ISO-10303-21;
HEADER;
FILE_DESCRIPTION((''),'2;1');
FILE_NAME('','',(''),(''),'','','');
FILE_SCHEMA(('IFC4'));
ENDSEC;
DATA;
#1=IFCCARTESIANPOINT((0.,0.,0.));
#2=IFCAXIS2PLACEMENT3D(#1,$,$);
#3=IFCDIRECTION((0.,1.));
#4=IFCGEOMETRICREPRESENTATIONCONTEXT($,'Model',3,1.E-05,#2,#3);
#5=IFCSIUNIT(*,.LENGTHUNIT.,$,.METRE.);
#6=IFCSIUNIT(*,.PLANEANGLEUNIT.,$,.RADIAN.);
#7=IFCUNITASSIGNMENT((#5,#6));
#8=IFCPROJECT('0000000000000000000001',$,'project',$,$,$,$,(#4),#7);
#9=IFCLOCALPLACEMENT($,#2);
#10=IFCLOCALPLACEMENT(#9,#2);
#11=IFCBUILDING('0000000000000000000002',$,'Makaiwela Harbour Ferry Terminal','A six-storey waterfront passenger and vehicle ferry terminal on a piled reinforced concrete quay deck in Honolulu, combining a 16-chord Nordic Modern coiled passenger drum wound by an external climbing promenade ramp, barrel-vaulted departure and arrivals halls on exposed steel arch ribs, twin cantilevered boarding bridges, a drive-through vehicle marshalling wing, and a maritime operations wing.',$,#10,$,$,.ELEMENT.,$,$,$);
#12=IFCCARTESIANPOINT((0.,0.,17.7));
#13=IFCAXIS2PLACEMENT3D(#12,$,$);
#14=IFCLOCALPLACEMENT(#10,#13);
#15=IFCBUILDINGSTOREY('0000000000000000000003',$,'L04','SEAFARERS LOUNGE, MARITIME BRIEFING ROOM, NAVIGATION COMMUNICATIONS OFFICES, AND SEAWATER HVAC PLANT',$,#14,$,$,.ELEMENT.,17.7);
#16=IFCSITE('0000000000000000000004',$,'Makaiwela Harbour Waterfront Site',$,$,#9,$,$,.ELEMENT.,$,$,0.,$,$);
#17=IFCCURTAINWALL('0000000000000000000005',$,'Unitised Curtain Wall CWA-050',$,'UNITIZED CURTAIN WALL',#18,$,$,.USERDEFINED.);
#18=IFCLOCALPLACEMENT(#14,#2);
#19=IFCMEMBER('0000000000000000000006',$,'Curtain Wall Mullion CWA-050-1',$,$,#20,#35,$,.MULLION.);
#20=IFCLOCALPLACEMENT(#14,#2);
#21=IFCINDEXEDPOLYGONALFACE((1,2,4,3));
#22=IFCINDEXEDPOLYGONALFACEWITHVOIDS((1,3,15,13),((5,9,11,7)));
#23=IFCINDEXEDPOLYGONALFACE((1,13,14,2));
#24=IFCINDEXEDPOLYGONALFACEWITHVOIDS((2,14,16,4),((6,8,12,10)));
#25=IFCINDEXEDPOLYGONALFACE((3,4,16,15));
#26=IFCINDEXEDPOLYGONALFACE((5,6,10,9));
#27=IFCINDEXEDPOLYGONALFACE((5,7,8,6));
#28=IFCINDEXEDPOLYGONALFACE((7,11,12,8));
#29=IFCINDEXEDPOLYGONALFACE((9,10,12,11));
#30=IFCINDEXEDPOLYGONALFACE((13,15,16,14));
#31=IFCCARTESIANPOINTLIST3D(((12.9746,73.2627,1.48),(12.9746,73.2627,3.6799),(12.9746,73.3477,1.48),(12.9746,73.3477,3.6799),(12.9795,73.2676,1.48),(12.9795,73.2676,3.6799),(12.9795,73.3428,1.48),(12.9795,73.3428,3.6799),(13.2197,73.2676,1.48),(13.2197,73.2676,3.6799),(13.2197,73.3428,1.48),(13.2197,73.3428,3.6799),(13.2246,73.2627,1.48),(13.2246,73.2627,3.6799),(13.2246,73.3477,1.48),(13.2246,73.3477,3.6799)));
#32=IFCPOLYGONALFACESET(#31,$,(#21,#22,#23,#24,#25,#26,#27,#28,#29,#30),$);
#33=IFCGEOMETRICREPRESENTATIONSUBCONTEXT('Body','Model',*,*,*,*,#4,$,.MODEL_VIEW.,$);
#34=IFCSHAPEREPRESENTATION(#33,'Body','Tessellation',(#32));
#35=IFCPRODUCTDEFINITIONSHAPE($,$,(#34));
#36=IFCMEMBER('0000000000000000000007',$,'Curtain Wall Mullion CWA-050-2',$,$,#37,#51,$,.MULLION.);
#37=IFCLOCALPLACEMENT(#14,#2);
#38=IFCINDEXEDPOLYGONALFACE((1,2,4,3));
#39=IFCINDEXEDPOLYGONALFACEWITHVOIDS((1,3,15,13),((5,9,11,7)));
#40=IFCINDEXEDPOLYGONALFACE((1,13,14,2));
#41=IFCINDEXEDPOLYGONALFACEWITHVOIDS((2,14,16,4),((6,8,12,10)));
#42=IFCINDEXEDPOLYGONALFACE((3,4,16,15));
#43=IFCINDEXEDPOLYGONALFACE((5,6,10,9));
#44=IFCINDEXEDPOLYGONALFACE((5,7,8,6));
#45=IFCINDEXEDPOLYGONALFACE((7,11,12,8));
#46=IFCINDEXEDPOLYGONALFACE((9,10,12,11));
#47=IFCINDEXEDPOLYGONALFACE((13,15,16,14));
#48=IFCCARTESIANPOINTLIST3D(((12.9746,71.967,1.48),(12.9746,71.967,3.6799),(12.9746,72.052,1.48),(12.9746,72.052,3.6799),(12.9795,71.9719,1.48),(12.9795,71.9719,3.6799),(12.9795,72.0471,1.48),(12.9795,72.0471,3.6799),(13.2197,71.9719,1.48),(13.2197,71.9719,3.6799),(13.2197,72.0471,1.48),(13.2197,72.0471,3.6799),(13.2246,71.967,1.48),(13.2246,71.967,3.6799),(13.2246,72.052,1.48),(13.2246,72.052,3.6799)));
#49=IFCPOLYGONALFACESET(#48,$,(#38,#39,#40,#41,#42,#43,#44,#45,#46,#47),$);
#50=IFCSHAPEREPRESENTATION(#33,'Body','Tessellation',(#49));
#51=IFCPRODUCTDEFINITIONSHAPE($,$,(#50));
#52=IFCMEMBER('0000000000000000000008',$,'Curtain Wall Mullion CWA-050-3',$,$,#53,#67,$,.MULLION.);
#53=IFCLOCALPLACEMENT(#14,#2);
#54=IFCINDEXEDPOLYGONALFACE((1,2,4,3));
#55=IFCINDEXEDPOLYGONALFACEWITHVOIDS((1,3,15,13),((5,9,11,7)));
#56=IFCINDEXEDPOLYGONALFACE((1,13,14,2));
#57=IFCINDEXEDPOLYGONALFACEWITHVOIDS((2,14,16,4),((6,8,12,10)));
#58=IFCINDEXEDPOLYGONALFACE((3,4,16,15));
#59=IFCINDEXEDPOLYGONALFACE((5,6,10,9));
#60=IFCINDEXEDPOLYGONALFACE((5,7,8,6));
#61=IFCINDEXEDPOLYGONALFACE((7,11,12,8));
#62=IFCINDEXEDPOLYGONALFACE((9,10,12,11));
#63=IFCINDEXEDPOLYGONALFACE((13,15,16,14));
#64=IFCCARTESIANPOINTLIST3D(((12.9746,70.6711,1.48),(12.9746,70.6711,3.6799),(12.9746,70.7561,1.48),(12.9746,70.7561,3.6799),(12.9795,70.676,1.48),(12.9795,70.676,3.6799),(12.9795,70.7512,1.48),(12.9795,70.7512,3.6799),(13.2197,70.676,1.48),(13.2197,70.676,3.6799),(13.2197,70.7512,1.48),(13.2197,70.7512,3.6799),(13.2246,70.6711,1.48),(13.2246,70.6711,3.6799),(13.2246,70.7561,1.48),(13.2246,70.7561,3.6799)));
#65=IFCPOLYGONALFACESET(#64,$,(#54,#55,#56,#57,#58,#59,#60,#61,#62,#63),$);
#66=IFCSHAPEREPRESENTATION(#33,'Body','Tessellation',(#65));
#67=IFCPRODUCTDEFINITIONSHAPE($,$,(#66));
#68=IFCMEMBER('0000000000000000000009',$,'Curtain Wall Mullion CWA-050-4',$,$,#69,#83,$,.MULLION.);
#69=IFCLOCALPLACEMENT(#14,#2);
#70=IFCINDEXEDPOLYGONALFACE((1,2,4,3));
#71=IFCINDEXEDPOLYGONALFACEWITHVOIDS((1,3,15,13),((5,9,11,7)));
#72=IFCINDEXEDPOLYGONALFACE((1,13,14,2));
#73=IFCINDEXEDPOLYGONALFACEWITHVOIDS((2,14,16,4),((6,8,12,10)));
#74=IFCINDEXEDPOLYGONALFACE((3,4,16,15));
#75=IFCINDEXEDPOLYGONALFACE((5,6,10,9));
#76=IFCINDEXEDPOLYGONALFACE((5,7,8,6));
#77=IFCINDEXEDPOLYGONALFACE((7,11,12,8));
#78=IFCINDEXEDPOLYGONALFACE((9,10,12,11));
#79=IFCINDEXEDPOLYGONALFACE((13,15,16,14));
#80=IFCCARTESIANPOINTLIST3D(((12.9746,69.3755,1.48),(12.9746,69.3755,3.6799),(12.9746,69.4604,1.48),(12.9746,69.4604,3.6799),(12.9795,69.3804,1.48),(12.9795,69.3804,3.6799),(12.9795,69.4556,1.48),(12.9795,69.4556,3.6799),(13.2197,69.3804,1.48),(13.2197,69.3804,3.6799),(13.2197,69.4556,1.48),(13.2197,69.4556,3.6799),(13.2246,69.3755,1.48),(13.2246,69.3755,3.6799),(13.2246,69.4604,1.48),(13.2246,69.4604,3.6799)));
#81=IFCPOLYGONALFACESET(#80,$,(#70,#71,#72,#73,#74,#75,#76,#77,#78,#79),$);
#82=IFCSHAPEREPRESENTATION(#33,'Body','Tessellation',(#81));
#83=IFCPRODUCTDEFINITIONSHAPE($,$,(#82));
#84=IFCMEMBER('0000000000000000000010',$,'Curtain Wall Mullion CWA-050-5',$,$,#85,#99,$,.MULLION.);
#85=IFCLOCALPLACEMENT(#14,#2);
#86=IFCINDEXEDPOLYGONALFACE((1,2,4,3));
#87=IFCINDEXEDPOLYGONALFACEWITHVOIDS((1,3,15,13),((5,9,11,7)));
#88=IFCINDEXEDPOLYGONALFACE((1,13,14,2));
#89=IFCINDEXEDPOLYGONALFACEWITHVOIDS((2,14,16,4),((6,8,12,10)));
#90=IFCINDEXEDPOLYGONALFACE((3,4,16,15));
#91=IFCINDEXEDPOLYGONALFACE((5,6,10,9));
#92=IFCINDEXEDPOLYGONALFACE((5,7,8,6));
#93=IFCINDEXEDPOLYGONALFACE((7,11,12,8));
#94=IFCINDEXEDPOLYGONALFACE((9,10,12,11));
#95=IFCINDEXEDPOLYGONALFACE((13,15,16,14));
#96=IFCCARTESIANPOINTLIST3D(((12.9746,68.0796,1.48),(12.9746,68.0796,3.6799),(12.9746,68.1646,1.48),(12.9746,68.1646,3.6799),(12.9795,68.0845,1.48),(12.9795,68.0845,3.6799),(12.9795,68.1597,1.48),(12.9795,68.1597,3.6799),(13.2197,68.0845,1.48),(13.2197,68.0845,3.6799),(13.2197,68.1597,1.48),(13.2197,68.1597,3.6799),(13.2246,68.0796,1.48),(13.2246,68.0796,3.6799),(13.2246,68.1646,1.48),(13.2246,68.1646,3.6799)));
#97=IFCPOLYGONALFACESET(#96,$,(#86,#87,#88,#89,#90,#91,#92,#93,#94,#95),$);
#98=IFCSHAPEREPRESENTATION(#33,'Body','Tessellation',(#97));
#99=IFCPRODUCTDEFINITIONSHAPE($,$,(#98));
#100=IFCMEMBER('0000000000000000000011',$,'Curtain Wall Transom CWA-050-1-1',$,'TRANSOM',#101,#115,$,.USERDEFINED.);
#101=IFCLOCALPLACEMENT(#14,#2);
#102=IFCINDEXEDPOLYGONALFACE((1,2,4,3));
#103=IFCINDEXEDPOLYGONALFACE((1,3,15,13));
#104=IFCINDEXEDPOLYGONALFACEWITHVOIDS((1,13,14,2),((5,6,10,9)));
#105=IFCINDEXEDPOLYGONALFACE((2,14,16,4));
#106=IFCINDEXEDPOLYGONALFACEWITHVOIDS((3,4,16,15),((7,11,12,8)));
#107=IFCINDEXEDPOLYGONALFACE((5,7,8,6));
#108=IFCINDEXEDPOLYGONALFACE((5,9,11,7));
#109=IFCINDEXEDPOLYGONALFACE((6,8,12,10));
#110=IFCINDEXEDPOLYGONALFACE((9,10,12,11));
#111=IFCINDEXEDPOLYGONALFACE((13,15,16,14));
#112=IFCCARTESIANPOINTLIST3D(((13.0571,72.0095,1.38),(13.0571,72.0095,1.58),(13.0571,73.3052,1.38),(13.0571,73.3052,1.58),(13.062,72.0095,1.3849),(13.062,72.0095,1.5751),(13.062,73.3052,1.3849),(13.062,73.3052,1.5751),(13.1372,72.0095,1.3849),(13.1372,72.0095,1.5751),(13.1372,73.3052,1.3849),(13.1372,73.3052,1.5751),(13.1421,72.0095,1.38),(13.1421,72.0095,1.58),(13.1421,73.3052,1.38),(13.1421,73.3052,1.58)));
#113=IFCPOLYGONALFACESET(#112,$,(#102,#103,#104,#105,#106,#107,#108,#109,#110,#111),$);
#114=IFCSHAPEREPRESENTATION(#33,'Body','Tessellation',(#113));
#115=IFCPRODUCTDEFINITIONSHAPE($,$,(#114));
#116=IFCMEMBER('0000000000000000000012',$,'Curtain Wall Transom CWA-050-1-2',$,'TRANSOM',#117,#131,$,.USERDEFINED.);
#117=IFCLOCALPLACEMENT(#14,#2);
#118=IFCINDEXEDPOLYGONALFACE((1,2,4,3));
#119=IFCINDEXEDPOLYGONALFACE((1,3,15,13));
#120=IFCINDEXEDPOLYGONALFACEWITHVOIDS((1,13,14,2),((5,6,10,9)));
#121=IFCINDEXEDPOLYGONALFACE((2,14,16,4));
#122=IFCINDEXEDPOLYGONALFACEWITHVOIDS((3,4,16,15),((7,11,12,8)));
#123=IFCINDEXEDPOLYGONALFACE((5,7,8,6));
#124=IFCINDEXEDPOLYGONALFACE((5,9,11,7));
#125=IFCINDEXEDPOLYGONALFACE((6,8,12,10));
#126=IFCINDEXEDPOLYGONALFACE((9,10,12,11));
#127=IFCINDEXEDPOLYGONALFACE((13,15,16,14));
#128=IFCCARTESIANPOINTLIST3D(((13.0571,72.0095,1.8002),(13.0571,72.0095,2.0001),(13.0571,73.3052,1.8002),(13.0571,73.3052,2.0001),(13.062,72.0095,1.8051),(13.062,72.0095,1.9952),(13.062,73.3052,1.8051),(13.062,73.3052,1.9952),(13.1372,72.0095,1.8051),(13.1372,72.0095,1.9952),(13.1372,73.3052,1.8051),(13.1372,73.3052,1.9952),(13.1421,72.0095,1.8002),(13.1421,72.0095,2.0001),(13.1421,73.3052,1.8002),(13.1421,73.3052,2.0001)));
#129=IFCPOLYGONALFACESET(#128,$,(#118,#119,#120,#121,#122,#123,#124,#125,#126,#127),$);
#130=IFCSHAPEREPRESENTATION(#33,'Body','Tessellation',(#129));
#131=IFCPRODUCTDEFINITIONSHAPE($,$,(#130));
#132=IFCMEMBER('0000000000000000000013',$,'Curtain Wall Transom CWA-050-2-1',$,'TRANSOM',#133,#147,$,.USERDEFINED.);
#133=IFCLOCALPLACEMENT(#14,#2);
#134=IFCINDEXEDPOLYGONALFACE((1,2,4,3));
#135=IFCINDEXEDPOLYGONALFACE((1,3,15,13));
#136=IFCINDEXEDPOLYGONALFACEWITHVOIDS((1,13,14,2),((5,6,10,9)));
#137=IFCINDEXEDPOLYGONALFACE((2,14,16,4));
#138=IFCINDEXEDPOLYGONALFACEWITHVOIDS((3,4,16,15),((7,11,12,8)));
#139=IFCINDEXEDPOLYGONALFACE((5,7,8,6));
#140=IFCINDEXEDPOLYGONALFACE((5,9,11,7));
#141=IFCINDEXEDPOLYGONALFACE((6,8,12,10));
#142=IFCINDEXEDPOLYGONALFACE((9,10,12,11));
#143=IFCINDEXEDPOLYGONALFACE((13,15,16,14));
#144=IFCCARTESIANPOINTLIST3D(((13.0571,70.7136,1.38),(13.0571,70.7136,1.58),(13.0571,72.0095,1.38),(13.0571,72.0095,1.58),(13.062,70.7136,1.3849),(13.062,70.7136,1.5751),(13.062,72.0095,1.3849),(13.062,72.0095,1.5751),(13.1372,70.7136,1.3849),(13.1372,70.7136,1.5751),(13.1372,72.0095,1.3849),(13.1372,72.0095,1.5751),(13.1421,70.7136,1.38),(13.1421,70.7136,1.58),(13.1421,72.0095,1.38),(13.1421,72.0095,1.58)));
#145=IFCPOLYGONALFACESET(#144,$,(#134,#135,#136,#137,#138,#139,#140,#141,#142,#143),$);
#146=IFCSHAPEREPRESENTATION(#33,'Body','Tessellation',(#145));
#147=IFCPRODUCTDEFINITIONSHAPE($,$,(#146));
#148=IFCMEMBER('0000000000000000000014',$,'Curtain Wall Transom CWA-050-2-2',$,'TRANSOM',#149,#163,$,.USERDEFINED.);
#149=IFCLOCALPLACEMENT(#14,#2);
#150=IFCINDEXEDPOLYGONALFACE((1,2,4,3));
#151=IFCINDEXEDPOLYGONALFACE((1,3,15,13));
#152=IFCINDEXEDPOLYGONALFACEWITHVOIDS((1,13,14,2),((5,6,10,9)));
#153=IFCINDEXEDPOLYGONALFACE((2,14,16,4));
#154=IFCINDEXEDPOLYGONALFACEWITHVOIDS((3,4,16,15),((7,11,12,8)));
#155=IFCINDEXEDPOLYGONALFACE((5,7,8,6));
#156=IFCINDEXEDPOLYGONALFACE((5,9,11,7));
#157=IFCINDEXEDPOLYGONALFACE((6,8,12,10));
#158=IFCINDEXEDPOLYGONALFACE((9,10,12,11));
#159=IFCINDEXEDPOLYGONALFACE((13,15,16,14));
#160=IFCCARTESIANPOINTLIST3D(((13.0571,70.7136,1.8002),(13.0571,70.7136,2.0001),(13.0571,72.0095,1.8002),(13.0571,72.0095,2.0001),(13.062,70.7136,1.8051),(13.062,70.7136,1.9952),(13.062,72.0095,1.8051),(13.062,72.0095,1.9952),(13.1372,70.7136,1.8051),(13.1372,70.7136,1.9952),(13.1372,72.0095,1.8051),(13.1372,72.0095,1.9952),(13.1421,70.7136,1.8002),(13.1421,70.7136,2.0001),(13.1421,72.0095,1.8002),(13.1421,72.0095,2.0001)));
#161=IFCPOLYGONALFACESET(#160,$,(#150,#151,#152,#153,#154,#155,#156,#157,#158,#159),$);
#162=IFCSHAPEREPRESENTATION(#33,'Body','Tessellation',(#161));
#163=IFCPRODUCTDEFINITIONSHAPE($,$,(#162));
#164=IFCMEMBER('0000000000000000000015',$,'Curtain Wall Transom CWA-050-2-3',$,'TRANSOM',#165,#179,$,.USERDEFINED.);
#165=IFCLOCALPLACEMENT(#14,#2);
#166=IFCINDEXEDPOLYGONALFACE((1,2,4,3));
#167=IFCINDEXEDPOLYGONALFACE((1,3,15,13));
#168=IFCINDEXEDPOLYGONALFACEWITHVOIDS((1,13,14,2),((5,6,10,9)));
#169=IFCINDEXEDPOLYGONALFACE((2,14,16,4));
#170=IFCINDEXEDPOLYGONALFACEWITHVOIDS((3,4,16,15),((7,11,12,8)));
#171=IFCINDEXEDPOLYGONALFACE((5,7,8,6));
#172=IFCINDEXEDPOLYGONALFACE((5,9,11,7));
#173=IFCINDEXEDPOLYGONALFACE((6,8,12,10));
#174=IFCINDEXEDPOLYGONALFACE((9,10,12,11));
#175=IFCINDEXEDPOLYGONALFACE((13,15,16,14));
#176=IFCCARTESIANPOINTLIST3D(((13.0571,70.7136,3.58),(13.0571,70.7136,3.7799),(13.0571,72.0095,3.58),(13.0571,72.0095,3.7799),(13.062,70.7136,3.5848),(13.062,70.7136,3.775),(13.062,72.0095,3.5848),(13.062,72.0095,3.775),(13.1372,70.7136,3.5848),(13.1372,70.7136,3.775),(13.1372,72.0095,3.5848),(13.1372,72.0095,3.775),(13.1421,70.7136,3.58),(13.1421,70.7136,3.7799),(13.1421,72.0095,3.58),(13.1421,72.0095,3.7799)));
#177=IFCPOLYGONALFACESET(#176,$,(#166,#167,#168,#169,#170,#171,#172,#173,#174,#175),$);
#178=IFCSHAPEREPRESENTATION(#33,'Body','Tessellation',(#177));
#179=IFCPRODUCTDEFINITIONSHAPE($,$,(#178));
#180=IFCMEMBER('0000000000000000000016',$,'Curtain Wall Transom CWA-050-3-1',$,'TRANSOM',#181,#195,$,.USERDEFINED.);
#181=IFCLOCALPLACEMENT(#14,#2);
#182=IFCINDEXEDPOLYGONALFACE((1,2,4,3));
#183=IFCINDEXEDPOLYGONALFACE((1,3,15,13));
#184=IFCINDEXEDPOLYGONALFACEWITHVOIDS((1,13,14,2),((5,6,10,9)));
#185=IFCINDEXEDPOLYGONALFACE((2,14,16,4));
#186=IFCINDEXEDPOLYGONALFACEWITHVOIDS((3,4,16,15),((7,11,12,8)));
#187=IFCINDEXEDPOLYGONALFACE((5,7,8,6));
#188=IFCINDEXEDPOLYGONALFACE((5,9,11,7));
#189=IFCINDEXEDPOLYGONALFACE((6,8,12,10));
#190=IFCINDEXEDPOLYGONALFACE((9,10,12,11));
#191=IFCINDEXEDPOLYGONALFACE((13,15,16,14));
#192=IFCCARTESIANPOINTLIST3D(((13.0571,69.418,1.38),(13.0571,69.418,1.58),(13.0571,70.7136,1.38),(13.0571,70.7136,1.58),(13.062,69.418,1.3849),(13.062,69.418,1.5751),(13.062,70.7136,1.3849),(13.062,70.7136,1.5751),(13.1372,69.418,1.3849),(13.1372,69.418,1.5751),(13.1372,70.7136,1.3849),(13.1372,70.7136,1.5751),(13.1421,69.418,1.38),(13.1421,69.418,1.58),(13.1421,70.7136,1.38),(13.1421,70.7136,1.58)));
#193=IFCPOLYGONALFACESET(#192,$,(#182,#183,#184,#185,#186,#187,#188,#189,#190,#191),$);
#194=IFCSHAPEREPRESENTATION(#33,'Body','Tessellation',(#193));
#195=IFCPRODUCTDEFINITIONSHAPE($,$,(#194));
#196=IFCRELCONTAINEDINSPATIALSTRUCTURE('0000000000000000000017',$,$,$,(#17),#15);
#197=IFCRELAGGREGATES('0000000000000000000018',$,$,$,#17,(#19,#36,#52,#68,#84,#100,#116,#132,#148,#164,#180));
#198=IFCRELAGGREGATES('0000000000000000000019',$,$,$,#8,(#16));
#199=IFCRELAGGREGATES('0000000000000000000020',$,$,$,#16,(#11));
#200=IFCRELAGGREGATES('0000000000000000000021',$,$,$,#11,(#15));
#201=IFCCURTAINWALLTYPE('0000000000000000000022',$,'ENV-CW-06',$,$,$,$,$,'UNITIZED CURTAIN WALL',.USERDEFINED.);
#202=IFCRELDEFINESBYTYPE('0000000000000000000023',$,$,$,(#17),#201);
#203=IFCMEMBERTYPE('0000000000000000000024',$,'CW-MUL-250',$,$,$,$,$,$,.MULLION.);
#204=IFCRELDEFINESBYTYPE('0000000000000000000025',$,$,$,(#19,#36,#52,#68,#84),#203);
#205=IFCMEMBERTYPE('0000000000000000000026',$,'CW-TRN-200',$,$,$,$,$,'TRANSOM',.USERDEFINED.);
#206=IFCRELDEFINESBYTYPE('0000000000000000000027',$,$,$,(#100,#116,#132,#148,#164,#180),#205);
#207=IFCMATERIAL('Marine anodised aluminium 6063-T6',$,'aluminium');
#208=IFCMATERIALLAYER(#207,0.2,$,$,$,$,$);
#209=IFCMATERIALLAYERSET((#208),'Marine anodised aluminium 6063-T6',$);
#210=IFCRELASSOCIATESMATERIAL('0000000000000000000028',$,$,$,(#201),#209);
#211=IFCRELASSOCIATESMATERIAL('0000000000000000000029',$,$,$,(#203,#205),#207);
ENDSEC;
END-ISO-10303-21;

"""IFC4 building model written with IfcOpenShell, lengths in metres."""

from ifc_helpers import new_model, si_unit, direction, frame, origin, origin_2d, place, context, subcontext, project, spatial, hollow_rectangle, extrude, material, layer, layer_set, material_profile, profile_set, type_object, element, aggregate, save


model = new_model("IFC4")

# Units and contexts
model_context = context("Model", 3, precision=1e-05, world=origin(), true_north=direction((0.0, 1.0)))
body_context = subcontext(model_context, "Body", "Model", "MODEL_VIEW")
ifc_project = project(units=[si_unit("LENGTHUNIT", "METRE"), si_unit("PLANEANGLEUNIT", "RADIAN")], contexts=[model_context])

# Site, building, storey
site_placement = place(None, origin())
site = spatial("IfcSite", under=ifc_project, at=site_placement, Name="Makaiwela Harbour Waterfront Site", CompositionType="ELEMENT", RefElevation=0.0)
building_placement = place(site_placement, origin())
building = spatial("IfcBuilding", under=site, at=building_placement, Name="Makaiwela Harbour Ferry Terminal", Description="A six-storey waterfront passenger and vehicle ferry terminal on a piled reinforced concrete quay deck in Honolulu, combining a 16-chord Nordic Modern coiled passenger drum wound by an external climbing promenade ramp, barrel-vaulted departure and arrivals halls on exposed steel arch ribs, twin cantilevered boarding bridges, a drive-through vehicle marshalling wing, and a maritime operations wing.", CompositionType="ELEMENT")
storey_placement = place(building_placement, frame((0.0, 0.0, 17.7)))
storey = spatial("IfcBuildingStorey", under=building, at=storey_placement, Name="L04", Description="SEAFARERS LOUNGE, MARITIME BRIEFING ROOM, NAVIGATION COMMUNICATIONS OFFICES, AND SEAWATER HVAC PLANT", CompositionType="ELEMENT", Elevation=17.7)

# Curtain wall, members
ifc_material_1 = material(Name="Marine anodised aluminium 6063-T6", Category="aluminium")
ifc_layer_1 = layer(ifc_material_1, 0.2)
ifc_layer_set_1 = layer_set([ifc_layer_1], Name="Marine anodised aluminium 6063-T6")
curtain_wall_type = type_object("IfcCurtainWallType", Name="ENV-CW-06", ElementType="UNITIZED CURTAIN WALL", PredefinedType="USERDEFINED", material=ifc_layer_set_1)
curtain_wall_placement = place(storey_placement, origin())
curtain_wall = element("IfcCurtainWall", 1, at=curtain_wall_placement, inside=storey, type_object=curtain_wall_type, Name="Unitised Curtain Wall CWA-050", ObjectType="UNITIZED CURTAIN WALL", PredefinedType="USERDEFINED")
ifc_material_profile_1 = material_profile(ifc_material_1, hollow_rectangle(XDim=0.085, YDim=0.25, WallThickness=0.0049, at=origin_2d()), Name="CWM-250X85")
ifc_profile_set_1 = profile_set([ifc_material_profile_1], Name="Marine anodised aluminium 6063-T6")
member_type_1 = type_object("IfcMemberType", Name="CW-MUL-250", PredefinedType="MULLION", material=ifc_profile_set_1)
member_1_placement = place(storey_placement, frame((13.0996, 73.3052, 1.48), z_axis=(0.0, 0.0, 1.0), x_axis=(0.0, 1.0, 0.0)))
member_1 = element("IfcMember", 2, at=member_1_placement, type_object=member_type_1, Name="Curtain Wall Mullion CWA-050-1", PredefinedType="MULLION", context=body_context, shape_type="SweptSolid", body=[
    extrude(hollow_rectangle(XDim=0.085, YDim=0.25, WallThickness=0.0049, at=origin_2d()), origin(), (0.0, 0.0, 1.0), 2.2),
])
member_2_placement = place(storey_placement, frame((13.0996, 72.0095, 1.48), z_axis=(0.0, 0.0, 1.0), x_axis=(0.0, 1.0, 0.0)))
member_2 = element("IfcMember", 3, at=member_2_placement, type_object=member_type_1, Name="Curtain Wall Mullion CWA-050-2", PredefinedType="MULLION", context=body_context, shape_type="SweptSolid", body=[
    extrude(hollow_rectangle(XDim=0.085, YDim=0.25, WallThickness=0.0049, at=origin_2d()), origin(), (0.0, 0.0, 1.0), 2.2),
])
member_3_placement = place(storey_placement, frame((13.0996, 70.7136, 1.48), z_axis=(0.0, 0.0, 1.0), x_axis=(0.0, 1.0, 0.0)))
member_3 = element("IfcMember", 4, at=member_3_placement, type_object=member_type_1, Name="Curtain Wall Mullion CWA-050-3", PredefinedType="MULLION", context=body_context, shape_type="SweptSolid", body=[
    extrude(hollow_rectangle(XDim=0.085, YDim=0.25, WallThickness=0.0049, at=origin_2d()), origin(), (0.0, 0.0, 1.0), 2.2),
])
member_4_placement = place(storey_placement, frame((13.0996, 69.418, 1.48), z_axis=(0.0, 0.0, 1.0), x_axis=(0.0, 1.0, 0.0)))
member_4 = element("IfcMember", 5, at=member_4_placement, type_object=member_type_1, Name="Curtain Wall Mullion CWA-050-4", PredefinedType="MULLION", context=body_context, shape_type="SweptSolid", body=[
    extrude(hollow_rectangle(XDim=0.085, YDim=0.25, WallThickness=0.0049, at=origin_2d()), origin(), (0.0, 0.0, 1.0), 2.2),
])
member_5_placement = place(storey_placement, frame((13.0996, 68.1221, 1.48), z_axis=(0.0, 0.0, 1.0), x_axis=(0.0, 1.0, 0.0)))
member_5 = element("IfcMember", 6, at=member_5_placement, type_object=member_type_1, Name="Curtain Wall Mullion CWA-050-5", PredefinedType="MULLION", context=body_context, shape_type="SweptSolid", body=[
    extrude(hollow_rectangle(XDim=0.085, YDim=0.25, WallThickness=0.0049, at=origin_2d()), origin(), (0.0, 0.0, 1.0), 2.2),
])
ifc_material_profile_2 = material_profile(ifc_material_1, hollow_rectangle(XDim=0.085, YDim=0.2, WallThickness=0.0049, at=origin_2d()), Name="CWT-200X85")
ifc_profile_set_2 = profile_set([ifc_material_profile_2], Name="Marine anodised aluminium 6063-T6")
member_type_2 = type_object("IfcMemberType", Name="CW-TRN-200", ElementType="TRANSOM", PredefinedType="USERDEFINED", material=ifc_profile_set_2)
member_6_placement = place(storey_placement, frame((13.0996, 73.3052, 1.48), z_axis=(0.0, -1.0, 0.0), x_axis=(1.0, 0.0, 0.0)))
member_6 = element("IfcMember", 7, at=member_6_placement, type_object=member_type_2, Name="Curtain Wall Transom CWA-050-1-1", ObjectType="TRANSOM", PredefinedType="USERDEFINED", context=body_context, shape_type="SweptSolid", body=[
    extrude(hollow_rectangle(XDim=0.085, YDim=0.2, WallThickness=0.0049, at=origin_2d()), origin(), (0.0, 0.0, 1.0), 1.2957),
])
member_7_placement = place(storey_placement, frame((13.0996, 73.3052, 1.9001), z_axis=(0.0, -1.0, 0.0), x_axis=(1.0, 0.0, 0.0)))
member_7 = element("IfcMember", 8, at=member_7_placement, type_object=member_type_2, Name="Curtain Wall Transom CWA-050-1-2", ObjectType="TRANSOM", PredefinedType="USERDEFINED", context=body_context, shape_type="SweptSolid", body=[
    extrude(hollow_rectangle(XDim=0.085, YDim=0.2, WallThickness=0.0049, at=origin_2d()), origin(), (0.0, 0.0, 1.0), 1.2957),
])
member_8_placement = place(storey_placement, frame((13.0996, 72.0095, 1.48), z_axis=(0.0, -1.0, 0.0), x_axis=(1.0, 0.0, 0.0)))
member_8 = element("IfcMember", 9, at=member_8_placement, type_object=member_type_2, Name="Curtain Wall Transom CWA-050-2-1", ObjectType="TRANSOM", PredefinedType="USERDEFINED", context=body_context, shape_type="SweptSolid", body=[
    extrude(hollow_rectangle(XDim=0.085, YDim=0.2, WallThickness=0.0049, at=origin_2d()), origin(), (0.0, 0.0, 1.0), 1.2959),
])
member_9_placement = place(storey_placement, frame((13.0996, 72.0095, 1.9001), z_axis=(0.0, -1.0, 0.0), x_axis=(1.0, 0.0, 0.0)))
member_9 = element("IfcMember", 10, at=member_9_placement, type_object=member_type_2, Name="Curtain Wall Transom CWA-050-2-2", ObjectType="TRANSOM", PredefinedType="USERDEFINED", context=body_context, shape_type="SweptSolid", body=[
    extrude(hollow_rectangle(XDim=0.085, YDim=0.2, WallThickness=0.0049, at=origin_2d()), origin(), (0.0, 0.0, 1.0), 1.2959),
])
member_10_placement = place(storey_placement, frame((13.0996, 72.0095, 3.6799), z_axis=(0.0, -1.0, 0.0), x_axis=(1.0, 0.0, 0.0)))
member_10 = element("IfcMember", 11, at=member_10_placement, type_object=member_type_2, Name="Curtain Wall Transom CWA-050-2-3", ObjectType="TRANSOM", PredefinedType="USERDEFINED", context=body_context, shape_type="SweptSolid", body=[
    extrude(hollow_rectangle(XDim=0.085, YDim=0.2, WallThickness=0.0049, at=origin_2d()), origin(), (0.0, 0.0, 1.0), 1.2959),
])
member_11_placement = place(storey_placement, frame((13.0996, 70.7136, 1.48), z_axis=(0.0, -1.0, 0.0), x_axis=(1.0, 0.0, 0.0)))
member_11 = element("IfcMember", 12, at=member_11_placement, type_object=member_type_2, Name="Curtain Wall Transom CWA-050-3-1", ObjectType="TRANSOM", PredefinedType="USERDEFINED", context=body_context, shape_type="SweptSolid", body=[
    extrude(hollow_rectangle(XDim=0.085, YDim=0.2, WallThickness=0.0049, at=origin_2d()), origin(), (0.0, 0.0, 1.0), 1.2957),
])

aggregate(curtain_wall, [member_1, member_2, member_3, member_4, member_5, member_6, member_7, member_8, member_9, member_10, member_11])

save(model, "model.ifc")
